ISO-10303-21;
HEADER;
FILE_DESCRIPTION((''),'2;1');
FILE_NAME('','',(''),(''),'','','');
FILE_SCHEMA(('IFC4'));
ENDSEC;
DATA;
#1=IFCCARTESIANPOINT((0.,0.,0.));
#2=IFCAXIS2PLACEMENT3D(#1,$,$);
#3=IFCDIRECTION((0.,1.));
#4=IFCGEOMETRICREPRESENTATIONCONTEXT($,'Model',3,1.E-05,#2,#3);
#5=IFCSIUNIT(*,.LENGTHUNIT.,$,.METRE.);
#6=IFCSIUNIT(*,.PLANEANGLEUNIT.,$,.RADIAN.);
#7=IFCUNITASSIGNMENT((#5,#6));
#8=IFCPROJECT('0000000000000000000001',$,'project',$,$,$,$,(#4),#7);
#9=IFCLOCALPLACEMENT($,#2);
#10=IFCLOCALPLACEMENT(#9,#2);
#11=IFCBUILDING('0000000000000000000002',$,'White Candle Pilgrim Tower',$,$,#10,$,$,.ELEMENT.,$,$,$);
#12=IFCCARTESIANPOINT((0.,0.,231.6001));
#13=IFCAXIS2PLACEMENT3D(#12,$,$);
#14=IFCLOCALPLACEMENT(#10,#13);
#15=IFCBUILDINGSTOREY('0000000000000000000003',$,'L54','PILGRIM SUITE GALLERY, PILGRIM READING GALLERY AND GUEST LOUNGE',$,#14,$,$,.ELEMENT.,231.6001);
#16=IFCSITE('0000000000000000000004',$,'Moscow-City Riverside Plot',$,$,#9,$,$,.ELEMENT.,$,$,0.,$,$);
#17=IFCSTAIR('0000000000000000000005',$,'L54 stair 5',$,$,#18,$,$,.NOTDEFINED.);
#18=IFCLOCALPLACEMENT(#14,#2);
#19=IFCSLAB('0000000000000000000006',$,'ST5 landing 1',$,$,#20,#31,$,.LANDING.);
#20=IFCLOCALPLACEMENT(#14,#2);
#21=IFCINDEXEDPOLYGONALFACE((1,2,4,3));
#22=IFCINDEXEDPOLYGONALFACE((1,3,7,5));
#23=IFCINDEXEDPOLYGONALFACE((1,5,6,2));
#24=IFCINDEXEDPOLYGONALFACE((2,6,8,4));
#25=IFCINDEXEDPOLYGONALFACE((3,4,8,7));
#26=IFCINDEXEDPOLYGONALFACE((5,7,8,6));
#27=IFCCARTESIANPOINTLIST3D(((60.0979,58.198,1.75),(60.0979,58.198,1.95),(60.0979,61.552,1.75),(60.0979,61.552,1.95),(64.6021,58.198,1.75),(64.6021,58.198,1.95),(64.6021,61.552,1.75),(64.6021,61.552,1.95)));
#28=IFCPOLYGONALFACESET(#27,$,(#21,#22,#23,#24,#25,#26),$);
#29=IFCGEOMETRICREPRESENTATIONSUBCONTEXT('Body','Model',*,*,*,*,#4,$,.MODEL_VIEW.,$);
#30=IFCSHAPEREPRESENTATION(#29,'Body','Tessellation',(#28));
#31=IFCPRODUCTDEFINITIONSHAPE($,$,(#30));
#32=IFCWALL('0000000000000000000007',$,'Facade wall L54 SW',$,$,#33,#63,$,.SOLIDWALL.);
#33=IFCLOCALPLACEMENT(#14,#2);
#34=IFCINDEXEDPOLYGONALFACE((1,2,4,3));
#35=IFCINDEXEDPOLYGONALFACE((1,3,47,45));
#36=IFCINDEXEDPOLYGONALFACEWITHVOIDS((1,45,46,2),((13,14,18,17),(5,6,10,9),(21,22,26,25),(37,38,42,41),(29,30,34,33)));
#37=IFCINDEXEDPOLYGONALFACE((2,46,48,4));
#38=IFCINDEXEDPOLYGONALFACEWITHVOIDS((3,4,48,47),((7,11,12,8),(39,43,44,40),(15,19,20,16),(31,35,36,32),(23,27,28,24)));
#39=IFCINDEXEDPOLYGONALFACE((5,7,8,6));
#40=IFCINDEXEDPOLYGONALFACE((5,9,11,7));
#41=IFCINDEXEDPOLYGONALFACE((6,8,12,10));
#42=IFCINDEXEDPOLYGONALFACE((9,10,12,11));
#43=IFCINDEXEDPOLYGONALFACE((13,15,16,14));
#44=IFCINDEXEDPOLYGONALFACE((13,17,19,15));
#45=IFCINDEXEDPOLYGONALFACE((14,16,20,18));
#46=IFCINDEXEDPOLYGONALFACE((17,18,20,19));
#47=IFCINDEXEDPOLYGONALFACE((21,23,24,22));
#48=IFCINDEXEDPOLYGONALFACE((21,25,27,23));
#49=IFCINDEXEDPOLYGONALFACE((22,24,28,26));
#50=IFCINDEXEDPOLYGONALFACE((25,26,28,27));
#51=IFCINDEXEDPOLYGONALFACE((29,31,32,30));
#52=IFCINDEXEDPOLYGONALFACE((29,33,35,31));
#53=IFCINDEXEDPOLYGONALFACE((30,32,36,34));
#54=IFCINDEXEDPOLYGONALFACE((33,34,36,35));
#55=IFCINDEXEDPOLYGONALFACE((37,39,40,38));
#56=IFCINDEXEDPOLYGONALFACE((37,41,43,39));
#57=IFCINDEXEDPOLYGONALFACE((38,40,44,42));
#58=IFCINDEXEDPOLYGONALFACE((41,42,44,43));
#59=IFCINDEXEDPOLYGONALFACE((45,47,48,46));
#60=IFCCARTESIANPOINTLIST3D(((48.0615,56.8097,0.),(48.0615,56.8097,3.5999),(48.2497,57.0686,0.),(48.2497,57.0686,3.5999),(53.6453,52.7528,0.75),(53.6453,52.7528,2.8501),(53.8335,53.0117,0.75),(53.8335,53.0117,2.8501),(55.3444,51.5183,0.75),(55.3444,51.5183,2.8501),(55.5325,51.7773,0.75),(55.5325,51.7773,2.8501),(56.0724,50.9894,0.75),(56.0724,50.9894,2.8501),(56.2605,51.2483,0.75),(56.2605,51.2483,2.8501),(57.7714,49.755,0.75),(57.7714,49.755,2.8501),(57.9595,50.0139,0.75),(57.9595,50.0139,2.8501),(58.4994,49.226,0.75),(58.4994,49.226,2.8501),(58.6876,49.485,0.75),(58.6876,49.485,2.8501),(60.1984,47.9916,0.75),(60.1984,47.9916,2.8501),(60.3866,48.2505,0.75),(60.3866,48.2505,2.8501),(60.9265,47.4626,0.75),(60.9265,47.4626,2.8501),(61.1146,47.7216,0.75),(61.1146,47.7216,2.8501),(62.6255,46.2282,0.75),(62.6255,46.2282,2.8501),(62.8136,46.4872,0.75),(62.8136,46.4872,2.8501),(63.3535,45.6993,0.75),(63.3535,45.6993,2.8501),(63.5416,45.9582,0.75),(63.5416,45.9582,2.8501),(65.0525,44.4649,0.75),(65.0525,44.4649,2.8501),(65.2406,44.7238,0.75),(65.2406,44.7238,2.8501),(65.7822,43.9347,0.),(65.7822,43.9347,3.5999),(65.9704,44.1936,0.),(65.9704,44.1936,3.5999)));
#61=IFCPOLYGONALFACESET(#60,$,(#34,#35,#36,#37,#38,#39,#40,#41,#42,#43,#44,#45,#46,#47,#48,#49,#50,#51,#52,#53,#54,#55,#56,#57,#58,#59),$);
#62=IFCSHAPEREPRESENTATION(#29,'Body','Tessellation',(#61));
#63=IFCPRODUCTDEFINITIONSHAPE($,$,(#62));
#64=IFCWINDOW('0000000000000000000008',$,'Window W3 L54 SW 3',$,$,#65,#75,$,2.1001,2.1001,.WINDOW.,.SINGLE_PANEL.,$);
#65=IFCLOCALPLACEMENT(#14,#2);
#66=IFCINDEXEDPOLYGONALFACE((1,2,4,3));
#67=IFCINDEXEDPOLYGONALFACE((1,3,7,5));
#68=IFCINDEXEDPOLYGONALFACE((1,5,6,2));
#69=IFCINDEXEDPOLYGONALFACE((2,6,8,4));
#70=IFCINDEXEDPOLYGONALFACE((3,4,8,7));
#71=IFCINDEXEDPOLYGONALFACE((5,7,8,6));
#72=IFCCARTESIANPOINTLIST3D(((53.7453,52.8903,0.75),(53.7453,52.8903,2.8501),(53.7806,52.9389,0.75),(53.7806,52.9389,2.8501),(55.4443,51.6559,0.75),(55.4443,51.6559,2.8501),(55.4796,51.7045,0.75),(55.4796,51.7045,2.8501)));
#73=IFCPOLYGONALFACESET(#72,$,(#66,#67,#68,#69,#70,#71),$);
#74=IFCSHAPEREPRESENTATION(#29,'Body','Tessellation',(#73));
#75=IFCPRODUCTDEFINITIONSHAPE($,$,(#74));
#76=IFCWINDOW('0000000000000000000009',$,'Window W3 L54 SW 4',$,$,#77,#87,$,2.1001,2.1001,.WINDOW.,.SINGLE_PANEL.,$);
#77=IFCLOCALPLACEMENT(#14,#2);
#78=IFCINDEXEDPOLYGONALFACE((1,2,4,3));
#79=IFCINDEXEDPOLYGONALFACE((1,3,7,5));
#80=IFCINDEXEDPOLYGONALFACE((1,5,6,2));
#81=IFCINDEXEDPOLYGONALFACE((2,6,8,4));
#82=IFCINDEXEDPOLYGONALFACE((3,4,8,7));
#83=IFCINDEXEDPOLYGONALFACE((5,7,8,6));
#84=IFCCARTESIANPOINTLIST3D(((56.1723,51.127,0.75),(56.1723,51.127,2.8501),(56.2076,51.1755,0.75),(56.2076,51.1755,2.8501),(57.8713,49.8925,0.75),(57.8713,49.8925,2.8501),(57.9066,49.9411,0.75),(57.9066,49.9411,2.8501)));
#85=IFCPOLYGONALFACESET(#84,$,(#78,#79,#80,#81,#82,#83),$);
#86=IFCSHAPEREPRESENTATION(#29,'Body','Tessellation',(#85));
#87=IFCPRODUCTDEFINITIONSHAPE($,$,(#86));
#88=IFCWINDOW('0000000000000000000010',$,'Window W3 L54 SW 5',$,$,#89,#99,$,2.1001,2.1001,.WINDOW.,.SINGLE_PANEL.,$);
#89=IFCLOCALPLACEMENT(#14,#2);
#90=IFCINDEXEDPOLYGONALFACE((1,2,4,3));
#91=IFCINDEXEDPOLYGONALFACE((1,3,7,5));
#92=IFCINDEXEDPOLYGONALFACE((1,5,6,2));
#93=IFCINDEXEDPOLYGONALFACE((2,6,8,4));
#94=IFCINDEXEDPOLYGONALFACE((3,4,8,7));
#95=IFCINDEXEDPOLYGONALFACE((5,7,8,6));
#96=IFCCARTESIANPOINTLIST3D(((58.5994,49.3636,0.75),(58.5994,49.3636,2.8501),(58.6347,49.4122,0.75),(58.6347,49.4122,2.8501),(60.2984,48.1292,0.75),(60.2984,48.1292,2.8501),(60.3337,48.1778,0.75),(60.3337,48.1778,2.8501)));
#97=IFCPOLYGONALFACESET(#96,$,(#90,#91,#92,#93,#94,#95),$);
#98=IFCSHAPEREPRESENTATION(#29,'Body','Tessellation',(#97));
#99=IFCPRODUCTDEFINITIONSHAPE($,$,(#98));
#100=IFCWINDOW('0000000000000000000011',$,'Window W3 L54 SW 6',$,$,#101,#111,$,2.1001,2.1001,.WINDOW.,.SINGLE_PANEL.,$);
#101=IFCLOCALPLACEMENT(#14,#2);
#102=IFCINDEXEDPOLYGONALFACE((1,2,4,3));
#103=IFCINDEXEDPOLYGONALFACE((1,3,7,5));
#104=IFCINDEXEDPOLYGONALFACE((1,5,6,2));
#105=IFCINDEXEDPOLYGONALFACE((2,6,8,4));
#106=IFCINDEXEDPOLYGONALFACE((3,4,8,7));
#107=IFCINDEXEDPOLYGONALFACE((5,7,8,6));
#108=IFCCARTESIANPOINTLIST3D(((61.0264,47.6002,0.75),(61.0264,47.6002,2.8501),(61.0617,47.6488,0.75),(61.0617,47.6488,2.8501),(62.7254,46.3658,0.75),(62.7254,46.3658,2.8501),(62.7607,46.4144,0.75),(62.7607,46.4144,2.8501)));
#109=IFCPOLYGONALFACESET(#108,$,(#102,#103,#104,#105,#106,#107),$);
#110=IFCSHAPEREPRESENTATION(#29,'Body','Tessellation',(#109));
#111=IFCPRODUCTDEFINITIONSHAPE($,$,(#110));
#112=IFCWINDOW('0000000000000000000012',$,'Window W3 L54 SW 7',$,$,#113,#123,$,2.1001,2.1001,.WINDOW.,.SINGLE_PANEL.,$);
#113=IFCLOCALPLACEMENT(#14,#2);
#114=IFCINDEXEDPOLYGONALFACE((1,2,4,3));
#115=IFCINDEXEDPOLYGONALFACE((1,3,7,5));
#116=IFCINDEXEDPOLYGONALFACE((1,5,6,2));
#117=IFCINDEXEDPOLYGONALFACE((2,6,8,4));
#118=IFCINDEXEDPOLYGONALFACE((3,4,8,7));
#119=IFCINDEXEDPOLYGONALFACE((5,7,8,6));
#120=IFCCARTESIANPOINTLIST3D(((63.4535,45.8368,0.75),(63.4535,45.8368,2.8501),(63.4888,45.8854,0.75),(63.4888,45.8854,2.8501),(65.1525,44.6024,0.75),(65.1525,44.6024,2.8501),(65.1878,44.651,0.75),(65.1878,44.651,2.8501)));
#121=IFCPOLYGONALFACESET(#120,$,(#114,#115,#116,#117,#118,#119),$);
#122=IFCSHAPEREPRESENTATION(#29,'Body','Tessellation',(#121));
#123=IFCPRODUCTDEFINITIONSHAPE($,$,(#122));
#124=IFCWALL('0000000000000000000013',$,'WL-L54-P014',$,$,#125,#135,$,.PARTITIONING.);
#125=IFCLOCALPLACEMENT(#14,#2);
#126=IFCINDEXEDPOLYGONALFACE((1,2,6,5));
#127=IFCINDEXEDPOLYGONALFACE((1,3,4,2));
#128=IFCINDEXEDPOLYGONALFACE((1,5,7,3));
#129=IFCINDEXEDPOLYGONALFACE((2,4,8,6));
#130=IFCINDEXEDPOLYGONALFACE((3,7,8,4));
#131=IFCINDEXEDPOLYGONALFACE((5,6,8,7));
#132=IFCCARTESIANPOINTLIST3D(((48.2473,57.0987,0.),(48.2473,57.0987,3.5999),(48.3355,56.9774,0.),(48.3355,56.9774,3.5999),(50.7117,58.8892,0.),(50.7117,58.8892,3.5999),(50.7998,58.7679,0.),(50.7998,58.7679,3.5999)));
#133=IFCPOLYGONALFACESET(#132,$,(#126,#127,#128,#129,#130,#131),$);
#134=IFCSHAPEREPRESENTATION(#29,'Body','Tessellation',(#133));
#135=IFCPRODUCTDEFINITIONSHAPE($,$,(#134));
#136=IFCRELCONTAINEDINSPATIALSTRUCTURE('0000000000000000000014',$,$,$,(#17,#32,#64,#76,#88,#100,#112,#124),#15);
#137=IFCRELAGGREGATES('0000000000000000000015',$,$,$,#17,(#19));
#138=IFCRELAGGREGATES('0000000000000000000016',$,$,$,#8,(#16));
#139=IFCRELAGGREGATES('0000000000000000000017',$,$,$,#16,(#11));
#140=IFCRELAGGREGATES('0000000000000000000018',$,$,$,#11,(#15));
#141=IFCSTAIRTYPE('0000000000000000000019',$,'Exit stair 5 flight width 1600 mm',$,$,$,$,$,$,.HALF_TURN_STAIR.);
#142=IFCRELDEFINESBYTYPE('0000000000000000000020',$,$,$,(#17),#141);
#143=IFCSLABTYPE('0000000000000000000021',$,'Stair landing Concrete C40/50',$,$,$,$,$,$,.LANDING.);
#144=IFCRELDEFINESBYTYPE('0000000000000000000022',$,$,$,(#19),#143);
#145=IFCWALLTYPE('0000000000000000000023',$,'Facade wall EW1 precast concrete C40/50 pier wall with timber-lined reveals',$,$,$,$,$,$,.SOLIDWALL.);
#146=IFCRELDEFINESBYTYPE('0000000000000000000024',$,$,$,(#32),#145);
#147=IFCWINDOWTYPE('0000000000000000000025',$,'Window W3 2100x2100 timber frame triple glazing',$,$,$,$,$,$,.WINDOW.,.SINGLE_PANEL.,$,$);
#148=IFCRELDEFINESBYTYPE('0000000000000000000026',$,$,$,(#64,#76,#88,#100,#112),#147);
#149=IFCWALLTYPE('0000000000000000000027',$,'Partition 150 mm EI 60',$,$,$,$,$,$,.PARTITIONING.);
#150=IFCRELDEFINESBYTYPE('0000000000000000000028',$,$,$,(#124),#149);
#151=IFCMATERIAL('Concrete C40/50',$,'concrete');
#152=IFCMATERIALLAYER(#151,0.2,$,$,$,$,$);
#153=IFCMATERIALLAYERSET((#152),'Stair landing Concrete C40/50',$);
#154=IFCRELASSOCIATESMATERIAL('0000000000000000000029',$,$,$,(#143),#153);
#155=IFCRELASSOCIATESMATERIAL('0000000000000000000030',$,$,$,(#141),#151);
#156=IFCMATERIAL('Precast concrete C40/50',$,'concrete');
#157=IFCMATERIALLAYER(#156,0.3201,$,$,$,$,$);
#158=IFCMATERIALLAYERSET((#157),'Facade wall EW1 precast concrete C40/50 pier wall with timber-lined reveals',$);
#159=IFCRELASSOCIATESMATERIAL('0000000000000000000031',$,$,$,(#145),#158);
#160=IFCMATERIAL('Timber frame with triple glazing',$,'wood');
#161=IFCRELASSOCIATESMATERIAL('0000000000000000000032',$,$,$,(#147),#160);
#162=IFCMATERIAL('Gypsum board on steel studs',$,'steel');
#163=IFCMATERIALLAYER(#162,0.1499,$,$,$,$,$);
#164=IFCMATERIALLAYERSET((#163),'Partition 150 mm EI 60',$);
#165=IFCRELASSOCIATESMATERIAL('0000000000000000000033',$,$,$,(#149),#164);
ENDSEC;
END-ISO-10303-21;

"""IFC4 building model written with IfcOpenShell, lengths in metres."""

from ifc_helpers import new_model, si_unit, direction, frame, frame_2d, origin, place, context, subcontext, project, spatial, polyline, rectangle, outline, extrude, material, layer, layer_set, type_object, element, fill, aggregate, save


model = new_model("IFC4")

# Units and contexts
model_context = context("Model", 3, precision=1e-05, world=origin(), true_north=direction((0.0, 1.0)))
body_context = subcontext(model_context, "Body", "Model", "MODEL_VIEW")
ifc_project = project(units=[si_unit("LENGTHUNIT", "METRE"), si_unit("PLANEANGLEUNIT", "RADIAN")], contexts=[model_context])

# Site, building, storey
site_placement = place(None, origin())
site = spatial("IfcSite", under=ifc_project, at=site_placement, Name="Moscow-City Riverside Plot", CompositionType="ELEMENT", RefElevation=0.0)
building_placement = place(site_placement, origin())
building = spatial("IfcBuilding", under=site, at=building_placement, Name="White Candle Pilgrim Tower", CompositionType="ELEMENT")
storey_placement = place(building_placement, frame((0.0, 0.0, 231.6001)))
storey = spatial("IfcBuildingStorey", under=building, at=storey_placement, Name="L54", Description="PILGRIM SUITE GALLERY, PILGRIM READING GALLERY AND GUEST LOUNGE", CompositionType="ELEMENT", Elevation=231.6001)

# Shared definitions
ifc_material_1 = material(Name="Concrete C40/50", Category="concrete")

# Stair, slab
ifc_layer_1 = layer(ifc_material_1, 0.2)
ifc_layer_set_1 = layer_set([ifc_layer_1], Name="Stair landing Concrete C40/50")
slab_type_1 = type_object("IfcSlabType", Name="Stair landing Concrete C40/50", PredefinedType="LANDING", material=ifc_layer_set_1)
stair_type_1 = type_object("IfcStairType", Name="Exit stair 5 flight width 1600 mm", PredefinedType="HALF_TURN_STAIR", material=ifc_material_1)
stair_1_placement = place(storey_placement, origin())
stair_1 = element("IfcStair", 1, at=stair_1_placement, inside=storey, type_object=stair_type_1, Name="L54 stair 5", PredefinedType="NOTDEFINED")
slab_1_placement = place(storey_placement, frame((0.0, 0.0, 1.75)))
slab_1 = element("IfcSlab", 2, at=slab_1_placement, type_object=slab_type_1, Name="ST5 landing 1", PredefinedType="LANDING", context=body_context, shape_type="SweptSolid", body=[
    extrude(outline(polyline([(60.0979, 58.198), (60.0979, 61.552), (64.6021, 61.552), (64.6021, 58.198), (60.0979, 58.198)])), origin(), (0.0, 0.0, 1.0), 0.2),
])
aggregate(stair_1, [slab_1])

# Wall, openings, windows
ifc_material_2 = material(Name="Precast concrete C40/50", Category="concrete")
ifc_layer_2 = layer(ifc_material_2, 0.3201)
ifc_layer_set_2 = layer_set([ifc_layer_2], Name="Facade wall EW1 precast concrete C40/50 pier wall with timber-lined reveals")
wall_type_1 = type_object("IfcWallType", Name="Facade wall EW1 precast concrete C40/50 pier wall with timber-lined reveals", PredefinedType="SOLIDWALL", material=ifc_layer_set_2)
wall_1_placement = place(storey_placement, frame((48.1555, 56.9392, 0.0), z_axis=(0.0, 0.0, 1.0), x_axis=(0.809014, -0.58779, 0.0)))
wall_1 = element("IfcWall", 3, at=wall_1_placement, inside=storey, type_object=wall_type_1, Name="Facade wall L54 SW", PredefinedType="SOLIDWALL", context=body_context, shape_type="SweptSolid", body=[
    extrude(rectangle(XDim=21.9041, YDim=0.3201, at=frame_2d((10.9521, 0.0))), origin(), (0.0, 0.0, 1.0), 3.5999),
])
opening_1_placement = place(wall_1_placement, frame((6.9021, 0.0, 0.75)))
opening_1 = element("IfcOpeningElement", 4, at=opening_1_placement, cuts=wall_1, PredefinedType="OPENING", context=body_context, shape_type="SweptSolid", body=[
    extrude(rectangle(XDim=2.1001, YDim=2.1001, at=frame_2d((1.05, 1.05))), frame((0.0, 0.1699, 0.0), z_axis=(0.0, -1.0, 0.0), x_axis=(1.0, 0.0, 0.0)), (0.0, 0.0, 1.0), 0.3401),
])
opening_2_placement = place(wall_1_placement, frame((9.9021, 0.0, 0.75)))
opening_2 = element("IfcOpeningElement", 5, at=opening_2_placement, cuts=wall_1, PredefinedType="OPENING", context=body_context, shape_type="SweptSolid", body=[
    extrude(rectangle(XDim=2.1001, YDim=2.1001, at=frame_2d((1.05, 1.05))), frame((0.0, 0.1699, 0.0), z_axis=(0.0, -1.0, 0.0), x_axis=(1.0, 0.0, 0.0)), (0.0, 0.0, 1.0), 0.3401),
])
opening_3_placement = place(wall_1_placement, frame((12.9021, 0.0, 0.75)))
opening_3 = element("IfcOpeningElement", 6, at=opening_3_placement, cuts=wall_1, PredefinedType="OPENING", context=body_context, shape_type="SweptSolid", body=[
    extrude(rectangle(XDim=2.1001, YDim=2.1001, at=frame_2d((1.05, 1.05))), frame((0.0, 0.1699, 0.0), z_axis=(0.0, -1.0, 0.0), x_axis=(1.0, 0.0, 0.0)), (0.0, 0.0, 1.0), 0.3401),
])
opening_4_placement = place(wall_1_placement, frame((15.9021, 0.0, 0.75)))
opening_4 = element("IfcOpeningElement", 7, at=opening_4_placement, cuts=wall_1, PredefinedType="OPENING", context=body_context, shape_type="SweptSolid", body=[
    extrude(rectangle(XDim=2.1001, YDim=2.1001, at=frame_2d((1.05, 1.05))), frame((0.0, 0.1699, 0.0), z_axis=(0.0, -1.0, 0.0), x_axis=(1.0, 0.0, 0.0)), (0.0, 0.0, 1.0), 0.3401),
])
opening_5_placement = place(wall_1_placement, frame((18.9021, 0.0, 0.75)))
opening_5 = element("IfcOpeningElement", 8, at=opening_5_placement, cuts=wall_1, PredefinedType="OPENING", context=body_context, shape_type="SweptSolid", body=[
    extrude(rectangle(XDim=2.1001, YDim=2.1001, at=frame_2d((1.05, 1.05))), frame((0.0, 0.1699, 0.0), z_axis=(0.0, -1.0, 0.0), x_axis=(1.0, 0.0, 0.0)), (0.0, 0.0, 1.0), 0.3401),
])
ifc_material_3 = material(Name="Timber frame with triple glazing", Category="wood")
window_type = type_object("IfcWindowType", Name="Window W3 2100x2100 timber frame triple glazing", PartitioningType="SINGLE_PANEL", PredefinedType="WINDOW", material=ifc_material_3)
window_1_placement = place(opening_1_placement, origin())
window_1 = element("IfcWindow", 9, at=window_1_placement, inside=storey, type_object=window_type, Name="Window W3 L54 SW 3", OverallHeight=2.1001, OverallWidth=2.1001, PartitioningType="SINGLE_PANEL", PredefinedType="WINDOW", context=body_context, shape_type="SweptSolid", body=[
    extrude(rectangle(XDim=2.1001, YDim=2.1001, at=frame_2d((1.05, 1.05))), frame((0.0, 0.0701, 0.0), z_axis=(0.0, -1.0, 0.0), x_axis=(1.0, 0.0, 0.0)), (0.0, 0.0, 1.0), 0.0601),
])
fill(opening_1, window_1)
window_2_placement = place(opening_2_placement, origin())
window_2 = element("IfcWindow", 10, at=window_2_placement, inside=storey, type_object=window_type, Name="Window W3 L54 SW 4", OverallHeight=2.1001, OverallWidth=2.1001, PartitioningType="SINGLE_PANEL", PredefinedType="WINDOW", context=body_context, shape_type="SweptSolid", body=[
    extrude(rectangle(XDim=2.1001, YDim=2.1001, at=frame_2d((1.05, 1.05))), frame((0.0, 0.0701, 0.0), z_axis=(0.0, -1.0, 0.0), x_axis=(1.0, 0.0, 0.0)), (0.0, 0.0, 1.0), 0.0601),
])
fill(opening_2, window_2)
window_3_placement = place(opening_3_placement, origin())
window_3 = element("IfcWindow", 11, at=window_3_placement, inside=storey, type_object=window_type, Name="Window W3 L54 SW 5", OverallHeight=2.1001, OverallWidth=2.1001, PartitioningType="SINGLE_PANEL", PredefinedType="WINDOW", context=body_context, shape_type="SweptSolid", body=[
    extrude(rectangle(XDim=2.1001, YDim=2.1001, at=frame_2d((1.05, 1.05))), frame((0.0, 0.0701, 0.0), z_axis=(0.0, -1.0, 0.0), x_axis=(1.0, 0.0, 0.0)), (0.0, 0.0, 1.0), 0.0601),
])
fill(opening_3, window_3)
window_4_placement = place(opening_4_placement, origin())
window_4 = element("IfcWindow", 12, at=window_4_placement, inside=storey, type_object=window_type, Name="Window W3 L54 SW 6", OverallHeight=2.1001, OverallWidth=2.1001, PartitioningType="SINGLE_PANEL", PredefinedType="WINDOW", context=body_context, shape_type="SweptSolid", body=[
    extrude(rectangle(XDim=2.1001, YDim=2.1001, at=frame_2d((1.05, 1.05))), frame((0.0, 0.0701, 0.0), z_axis=(0.0, -1.0, 0.0), x_axis=(1.0, 0.0, 0.0)), (0.0, 0.0, 1.0), 0.0601),
])
fill(opening_4, window_4)
window_5_placement = place(opening_5_placement, origin())
window_5 = element("IfcWindow", 13, at=window_5_placement, inside=storey, type_object=window_type, Name="Window W3 L54 SW 7", OverallHeight=2.1001, OverallWidth=2.1001, PartitioningType="SINGLE_PANEL", PredefinedType="WINDOW", context=body_context, shape_type="SweptSolid", body=[
    extrude(rectangle(XDim=2.1001, YDim=2.1001, at=frame_2d((1.05, 1.05))), frame((0.0, 0.0701, 0.0), z_axis=(0.0, -1.0, 0.0), x_axis=(1.0, 0.0, 0.0)), (0.0, 0.0, 1.0), 0.0601),
])
fill(opening_5, window_5)

# Wall
ifc_material_4 = material(Name="Gypsum board on steel studs", Category="steel")
ifc_layer_3 = layer(ifc_material_4, 0.1499)
ifc_layer_set_3 = layer_set([ifc_layer_3], Name="Partition 150 mm EI 60")
wall_type_2 = type_object("IfcWallType", Name="Partition 150 mm EI 60", PredefinedType="PARTITIONING", material=ifc_layer_set_3)
wall_2_placement = place(storey_placement, frame((48.2915, 57.0381, 0.0), z_axis=(0.0, 0.0, 1.0), x_axis=(0.809006, 0.5878, 0.0)))
element("IfcWall", 14, at=wall_2_placement, inside=storey, type_object=wall_type_2, Name="WL-L54-P014", PredefinedType="PARTITIONING", context=body_context, shape_type="SweptSolid", body=[
    extrude(rectangle(XDim=3.0461, YDim=0.1499, at=frame_2d((1.5229, 0.0))), origin(), (0.0, 0.0, 1.0), 3.5999),
])

save(model, "model.ifc")
